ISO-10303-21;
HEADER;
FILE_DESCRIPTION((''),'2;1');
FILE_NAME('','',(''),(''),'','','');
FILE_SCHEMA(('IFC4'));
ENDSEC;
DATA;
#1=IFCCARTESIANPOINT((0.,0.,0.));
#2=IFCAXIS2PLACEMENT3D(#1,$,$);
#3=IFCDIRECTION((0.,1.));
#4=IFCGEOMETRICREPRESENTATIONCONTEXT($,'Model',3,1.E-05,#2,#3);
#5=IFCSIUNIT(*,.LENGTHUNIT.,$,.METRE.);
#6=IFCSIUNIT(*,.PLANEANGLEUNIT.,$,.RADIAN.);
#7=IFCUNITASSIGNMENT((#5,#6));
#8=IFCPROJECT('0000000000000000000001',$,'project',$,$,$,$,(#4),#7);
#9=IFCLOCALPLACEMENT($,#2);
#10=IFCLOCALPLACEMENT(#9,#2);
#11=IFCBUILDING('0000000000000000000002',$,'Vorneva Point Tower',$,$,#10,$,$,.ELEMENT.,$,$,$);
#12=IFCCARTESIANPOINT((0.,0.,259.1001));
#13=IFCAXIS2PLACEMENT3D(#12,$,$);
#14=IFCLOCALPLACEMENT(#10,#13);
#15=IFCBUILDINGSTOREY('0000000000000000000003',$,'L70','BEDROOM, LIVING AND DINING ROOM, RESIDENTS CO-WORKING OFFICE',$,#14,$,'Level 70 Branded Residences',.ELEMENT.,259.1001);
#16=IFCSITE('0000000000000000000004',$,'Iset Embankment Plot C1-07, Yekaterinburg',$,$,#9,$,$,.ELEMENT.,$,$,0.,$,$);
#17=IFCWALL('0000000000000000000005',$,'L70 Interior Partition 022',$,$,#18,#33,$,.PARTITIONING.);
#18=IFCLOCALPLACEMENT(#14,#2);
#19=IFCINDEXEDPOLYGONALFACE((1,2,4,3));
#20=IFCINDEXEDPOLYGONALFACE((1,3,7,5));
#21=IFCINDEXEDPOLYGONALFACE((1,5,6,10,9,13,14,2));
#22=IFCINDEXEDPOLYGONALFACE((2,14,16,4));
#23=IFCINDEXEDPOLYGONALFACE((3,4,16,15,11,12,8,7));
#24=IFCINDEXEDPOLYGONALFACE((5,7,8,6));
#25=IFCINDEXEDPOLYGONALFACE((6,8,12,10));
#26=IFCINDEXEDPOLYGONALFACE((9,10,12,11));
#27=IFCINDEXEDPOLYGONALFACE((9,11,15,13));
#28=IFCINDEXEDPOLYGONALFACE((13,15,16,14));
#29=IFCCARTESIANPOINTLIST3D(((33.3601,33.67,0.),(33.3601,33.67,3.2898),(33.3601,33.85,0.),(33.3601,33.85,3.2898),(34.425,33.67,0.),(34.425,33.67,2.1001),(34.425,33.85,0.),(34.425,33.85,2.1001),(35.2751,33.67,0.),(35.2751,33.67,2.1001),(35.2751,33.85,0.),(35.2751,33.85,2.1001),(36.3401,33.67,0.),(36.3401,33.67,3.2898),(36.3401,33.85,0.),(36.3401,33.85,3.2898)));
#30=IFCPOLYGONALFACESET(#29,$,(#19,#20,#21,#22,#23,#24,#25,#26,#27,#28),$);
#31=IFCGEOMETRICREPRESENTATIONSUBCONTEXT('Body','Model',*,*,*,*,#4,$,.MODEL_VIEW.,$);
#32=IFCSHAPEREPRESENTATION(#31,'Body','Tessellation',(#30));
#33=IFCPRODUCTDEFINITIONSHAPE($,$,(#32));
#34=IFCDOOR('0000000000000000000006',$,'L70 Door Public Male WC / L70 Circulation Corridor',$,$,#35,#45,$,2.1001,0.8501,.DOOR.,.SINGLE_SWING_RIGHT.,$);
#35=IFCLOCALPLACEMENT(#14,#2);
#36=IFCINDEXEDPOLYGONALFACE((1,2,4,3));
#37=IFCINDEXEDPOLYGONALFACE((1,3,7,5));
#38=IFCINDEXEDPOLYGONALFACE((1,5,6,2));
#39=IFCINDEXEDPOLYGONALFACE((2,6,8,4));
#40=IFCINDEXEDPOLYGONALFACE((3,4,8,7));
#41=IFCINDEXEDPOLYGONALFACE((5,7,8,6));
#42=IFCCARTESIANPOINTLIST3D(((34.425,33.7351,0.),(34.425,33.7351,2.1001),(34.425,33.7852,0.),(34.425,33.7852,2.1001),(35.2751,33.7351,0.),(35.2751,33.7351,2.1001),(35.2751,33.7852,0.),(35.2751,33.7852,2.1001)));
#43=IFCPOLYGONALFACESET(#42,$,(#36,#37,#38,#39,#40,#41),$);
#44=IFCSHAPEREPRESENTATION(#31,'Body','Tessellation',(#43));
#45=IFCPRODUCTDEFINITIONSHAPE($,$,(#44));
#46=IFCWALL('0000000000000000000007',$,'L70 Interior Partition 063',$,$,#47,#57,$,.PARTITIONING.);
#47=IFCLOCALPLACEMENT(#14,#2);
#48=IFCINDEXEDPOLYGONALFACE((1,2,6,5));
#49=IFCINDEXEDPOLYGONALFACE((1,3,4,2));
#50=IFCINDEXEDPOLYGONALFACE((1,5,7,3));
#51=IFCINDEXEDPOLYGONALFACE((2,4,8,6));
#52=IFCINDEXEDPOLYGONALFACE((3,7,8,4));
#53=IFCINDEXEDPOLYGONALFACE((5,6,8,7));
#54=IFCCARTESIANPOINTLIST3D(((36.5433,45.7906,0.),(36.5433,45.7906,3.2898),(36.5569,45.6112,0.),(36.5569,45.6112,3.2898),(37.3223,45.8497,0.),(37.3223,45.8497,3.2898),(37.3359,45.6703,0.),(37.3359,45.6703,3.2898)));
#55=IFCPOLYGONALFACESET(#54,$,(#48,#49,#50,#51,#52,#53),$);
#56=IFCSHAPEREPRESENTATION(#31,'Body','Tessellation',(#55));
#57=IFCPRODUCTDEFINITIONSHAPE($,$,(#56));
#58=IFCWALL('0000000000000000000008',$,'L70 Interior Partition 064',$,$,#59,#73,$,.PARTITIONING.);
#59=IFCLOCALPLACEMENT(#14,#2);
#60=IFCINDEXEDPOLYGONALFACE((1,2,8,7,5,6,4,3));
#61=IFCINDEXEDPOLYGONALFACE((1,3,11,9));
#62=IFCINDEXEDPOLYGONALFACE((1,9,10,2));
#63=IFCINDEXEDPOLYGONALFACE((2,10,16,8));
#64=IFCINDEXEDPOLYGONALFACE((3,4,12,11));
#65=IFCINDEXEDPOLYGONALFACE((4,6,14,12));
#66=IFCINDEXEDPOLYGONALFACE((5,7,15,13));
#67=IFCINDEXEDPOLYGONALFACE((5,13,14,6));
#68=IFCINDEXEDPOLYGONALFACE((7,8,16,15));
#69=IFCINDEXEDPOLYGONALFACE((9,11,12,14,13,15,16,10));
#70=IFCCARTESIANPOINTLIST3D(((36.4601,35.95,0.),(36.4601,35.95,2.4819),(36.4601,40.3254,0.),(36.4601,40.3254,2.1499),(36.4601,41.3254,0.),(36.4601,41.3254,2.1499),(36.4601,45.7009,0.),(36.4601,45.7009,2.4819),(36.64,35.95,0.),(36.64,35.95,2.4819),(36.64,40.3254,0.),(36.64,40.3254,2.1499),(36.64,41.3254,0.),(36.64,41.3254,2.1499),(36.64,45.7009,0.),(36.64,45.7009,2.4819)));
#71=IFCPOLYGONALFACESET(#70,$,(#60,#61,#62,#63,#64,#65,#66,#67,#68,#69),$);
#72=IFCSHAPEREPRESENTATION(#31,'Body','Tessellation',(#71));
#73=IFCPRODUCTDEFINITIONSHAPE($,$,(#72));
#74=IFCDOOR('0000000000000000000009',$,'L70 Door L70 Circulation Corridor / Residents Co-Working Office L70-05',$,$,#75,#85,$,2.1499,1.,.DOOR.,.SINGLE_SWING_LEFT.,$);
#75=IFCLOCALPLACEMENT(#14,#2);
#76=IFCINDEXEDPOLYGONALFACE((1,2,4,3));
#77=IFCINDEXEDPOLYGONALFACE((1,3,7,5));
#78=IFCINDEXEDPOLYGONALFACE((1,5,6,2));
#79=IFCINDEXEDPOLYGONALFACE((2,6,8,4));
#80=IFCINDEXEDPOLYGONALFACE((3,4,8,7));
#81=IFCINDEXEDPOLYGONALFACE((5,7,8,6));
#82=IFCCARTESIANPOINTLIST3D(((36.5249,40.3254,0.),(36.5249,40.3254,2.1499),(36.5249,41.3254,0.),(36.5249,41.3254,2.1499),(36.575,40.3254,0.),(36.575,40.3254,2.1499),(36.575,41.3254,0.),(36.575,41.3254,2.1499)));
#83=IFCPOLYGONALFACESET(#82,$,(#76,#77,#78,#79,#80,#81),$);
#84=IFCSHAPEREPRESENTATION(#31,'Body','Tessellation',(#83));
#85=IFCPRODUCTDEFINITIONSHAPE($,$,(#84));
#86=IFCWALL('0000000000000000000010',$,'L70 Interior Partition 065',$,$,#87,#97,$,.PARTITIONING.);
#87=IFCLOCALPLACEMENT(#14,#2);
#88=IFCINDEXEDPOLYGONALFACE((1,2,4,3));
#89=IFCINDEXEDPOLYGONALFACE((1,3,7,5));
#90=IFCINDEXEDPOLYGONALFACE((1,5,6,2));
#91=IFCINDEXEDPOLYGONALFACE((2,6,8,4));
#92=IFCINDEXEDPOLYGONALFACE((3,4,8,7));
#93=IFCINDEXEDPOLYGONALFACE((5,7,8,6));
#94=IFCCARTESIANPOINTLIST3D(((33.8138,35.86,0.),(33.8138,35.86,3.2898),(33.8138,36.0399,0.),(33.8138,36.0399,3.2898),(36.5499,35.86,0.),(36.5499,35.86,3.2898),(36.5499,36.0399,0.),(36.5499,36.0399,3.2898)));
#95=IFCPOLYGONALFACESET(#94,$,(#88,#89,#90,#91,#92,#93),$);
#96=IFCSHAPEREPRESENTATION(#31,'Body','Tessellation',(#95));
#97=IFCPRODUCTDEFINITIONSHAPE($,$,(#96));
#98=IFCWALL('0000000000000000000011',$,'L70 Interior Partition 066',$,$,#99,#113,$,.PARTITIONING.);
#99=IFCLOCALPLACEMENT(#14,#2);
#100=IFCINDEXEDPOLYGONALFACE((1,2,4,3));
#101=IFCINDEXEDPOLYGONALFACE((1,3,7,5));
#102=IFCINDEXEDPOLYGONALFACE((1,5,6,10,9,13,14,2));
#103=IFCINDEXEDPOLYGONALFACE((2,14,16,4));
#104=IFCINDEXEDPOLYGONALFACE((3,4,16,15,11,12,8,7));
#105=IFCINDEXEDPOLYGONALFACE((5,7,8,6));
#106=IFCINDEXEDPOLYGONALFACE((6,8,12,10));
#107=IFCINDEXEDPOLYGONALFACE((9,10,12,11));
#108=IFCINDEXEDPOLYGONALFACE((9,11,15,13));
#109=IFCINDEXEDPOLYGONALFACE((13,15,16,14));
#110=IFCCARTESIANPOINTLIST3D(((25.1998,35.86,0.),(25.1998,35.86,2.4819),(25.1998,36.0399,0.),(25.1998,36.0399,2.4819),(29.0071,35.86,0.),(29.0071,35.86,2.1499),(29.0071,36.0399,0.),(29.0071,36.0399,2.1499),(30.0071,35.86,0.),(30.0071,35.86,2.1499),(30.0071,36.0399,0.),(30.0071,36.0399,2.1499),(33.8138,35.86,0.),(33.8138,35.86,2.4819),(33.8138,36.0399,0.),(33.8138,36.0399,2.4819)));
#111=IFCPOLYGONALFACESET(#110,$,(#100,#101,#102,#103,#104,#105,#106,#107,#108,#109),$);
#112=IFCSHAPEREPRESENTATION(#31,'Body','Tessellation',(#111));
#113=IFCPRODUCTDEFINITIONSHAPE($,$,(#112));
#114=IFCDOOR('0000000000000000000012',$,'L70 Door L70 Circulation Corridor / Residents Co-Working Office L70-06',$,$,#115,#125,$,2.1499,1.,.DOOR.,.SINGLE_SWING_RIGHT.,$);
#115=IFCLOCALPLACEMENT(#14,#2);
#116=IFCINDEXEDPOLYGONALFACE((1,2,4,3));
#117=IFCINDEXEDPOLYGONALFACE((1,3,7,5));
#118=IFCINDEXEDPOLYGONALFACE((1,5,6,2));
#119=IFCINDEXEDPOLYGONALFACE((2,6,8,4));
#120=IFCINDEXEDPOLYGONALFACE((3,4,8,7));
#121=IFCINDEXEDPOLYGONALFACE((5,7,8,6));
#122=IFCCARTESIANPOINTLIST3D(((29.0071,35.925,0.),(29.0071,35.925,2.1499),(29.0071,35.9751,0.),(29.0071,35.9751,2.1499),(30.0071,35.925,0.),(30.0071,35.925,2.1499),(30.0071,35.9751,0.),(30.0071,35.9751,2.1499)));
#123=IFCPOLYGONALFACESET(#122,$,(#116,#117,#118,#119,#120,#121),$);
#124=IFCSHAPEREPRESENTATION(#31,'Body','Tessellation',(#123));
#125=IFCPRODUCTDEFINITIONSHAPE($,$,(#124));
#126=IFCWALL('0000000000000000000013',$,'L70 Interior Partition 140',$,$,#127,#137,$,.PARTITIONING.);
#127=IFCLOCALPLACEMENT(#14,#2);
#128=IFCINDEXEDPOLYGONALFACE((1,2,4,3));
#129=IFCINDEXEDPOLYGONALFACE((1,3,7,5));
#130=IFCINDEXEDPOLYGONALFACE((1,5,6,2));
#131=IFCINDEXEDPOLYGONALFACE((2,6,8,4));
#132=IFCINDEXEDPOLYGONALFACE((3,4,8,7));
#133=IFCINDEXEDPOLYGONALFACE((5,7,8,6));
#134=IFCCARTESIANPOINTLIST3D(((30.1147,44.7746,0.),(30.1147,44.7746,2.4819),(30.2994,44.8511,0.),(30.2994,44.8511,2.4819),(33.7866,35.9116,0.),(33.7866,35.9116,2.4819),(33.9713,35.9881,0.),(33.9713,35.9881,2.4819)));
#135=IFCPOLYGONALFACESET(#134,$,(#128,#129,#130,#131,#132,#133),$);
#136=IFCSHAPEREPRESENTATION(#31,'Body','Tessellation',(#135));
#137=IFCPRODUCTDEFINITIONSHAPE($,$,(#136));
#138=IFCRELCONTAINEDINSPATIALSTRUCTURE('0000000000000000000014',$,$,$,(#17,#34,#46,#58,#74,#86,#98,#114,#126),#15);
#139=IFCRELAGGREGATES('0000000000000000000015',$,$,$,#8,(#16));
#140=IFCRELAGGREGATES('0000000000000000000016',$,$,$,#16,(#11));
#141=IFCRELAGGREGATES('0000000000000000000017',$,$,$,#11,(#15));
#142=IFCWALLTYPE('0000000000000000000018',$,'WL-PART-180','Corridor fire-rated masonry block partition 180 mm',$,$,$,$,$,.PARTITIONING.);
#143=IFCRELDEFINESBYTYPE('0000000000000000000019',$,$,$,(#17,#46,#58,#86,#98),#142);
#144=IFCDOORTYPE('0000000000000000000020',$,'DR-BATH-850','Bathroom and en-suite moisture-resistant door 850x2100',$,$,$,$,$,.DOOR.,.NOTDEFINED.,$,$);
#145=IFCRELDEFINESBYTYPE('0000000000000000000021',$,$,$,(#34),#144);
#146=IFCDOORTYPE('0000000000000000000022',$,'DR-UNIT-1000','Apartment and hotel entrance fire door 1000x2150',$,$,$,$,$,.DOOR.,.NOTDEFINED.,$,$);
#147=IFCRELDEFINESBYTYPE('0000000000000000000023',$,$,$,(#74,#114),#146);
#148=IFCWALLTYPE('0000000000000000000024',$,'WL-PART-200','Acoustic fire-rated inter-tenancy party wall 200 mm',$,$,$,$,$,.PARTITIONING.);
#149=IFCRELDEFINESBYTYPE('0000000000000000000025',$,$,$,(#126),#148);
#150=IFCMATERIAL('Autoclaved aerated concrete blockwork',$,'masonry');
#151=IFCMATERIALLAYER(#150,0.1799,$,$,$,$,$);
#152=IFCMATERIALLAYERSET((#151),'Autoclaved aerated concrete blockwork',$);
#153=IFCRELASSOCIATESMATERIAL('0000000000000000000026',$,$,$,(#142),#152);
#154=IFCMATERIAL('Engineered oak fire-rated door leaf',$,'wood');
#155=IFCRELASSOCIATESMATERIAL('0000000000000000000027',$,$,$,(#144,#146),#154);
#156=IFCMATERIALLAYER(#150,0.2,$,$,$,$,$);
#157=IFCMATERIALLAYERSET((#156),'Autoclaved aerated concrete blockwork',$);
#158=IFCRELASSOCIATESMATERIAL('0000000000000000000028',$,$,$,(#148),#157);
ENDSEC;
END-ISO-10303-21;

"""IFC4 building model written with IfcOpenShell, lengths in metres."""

from ifc_helpers import new_model, si_unit, direction, frame, frame_2d, origin, place, context, subcontext, project, spatial, rectangle, extrude, material, layer, layer_set, type_object, element, fill, save


model = new_model("IFC4")

# Units and contexts
model_context = context("Model", 3, precision=1e-05, world=origin(), true_north=direction((0.0, 1.0)))
body_context = subcontext(model_context, "Body", "Model", "MODEL_VIEW")
ifc_project = project(units=[si_unit("LENGTHUNIT", "METRE"), si_unit("PLANEANGLEUNIT", "RADIAN")], contexts=[model_context])

# Site, building, storey
site_placement = place(None, origin())
site = spatial("IfcSite", under=ifc_project, at=site_placement, Name="Iset Embankment Plot C1-07, Yekaterinburg", CompositionType="ELEMENT", RefElevation=0.0)
building_placement = place(site_placement, origin())
building = spatial("IfcBuilding", under=site, at=building_placement, Name="Vorneva Point Tower", CompositionType="ELEMENT")
storey_placement = place(building_placement, frame((0.0, 0.0, 259.1001)))
storey = spatial("IfcBuildingStorey", under=building, at=storey_placement, Name="L70", Description="BEDROOM, LIVING AND DINING ROOM, RESIDENTS CO-WORKING OFFICE", LongName="Level 70 Branded Residences", CompositionType="ELEMENT", Elevation=259.1001)

# Shared definitions
ifc_material_1 = material(Name="Autoclaved aerated concrete blockwork", Category="masonry")
ifc_layer_1 = layer(ifc_material_1, 0.1799)
ifc_layer_set_1 = layer_set([ifc_layer_1], Name="Autoclaved aerated concrete blockwork")
wall_type_1 = type_object("IfcWallType", Name="WL-PART-180", Description="Corridor fire-rated masonry block partition 180 mm", PredefinedType="PARTITIONING", material=ifc_layer_set_1)

# Wall, opening, door
wall_1_placement = place(storey_placement, frame((36.3401, 33.76, 0.0), z_axis=(0.0, 0.0, 1.0), x_axis=(-1.0, 0.0, 0.0)))
wall_1 = element("IfcWall", 1, at=wall_1_placement, inside=storey, type_object=wall_type_1, Name="L70 Interior Partition 022", PredefinedType="PARTITIONING", context=body_context, shape_type="SweptSolid", body=[
    extrude(rectangle(XDim=2.98, YDim=0.1799, at=frame_2d((1.49, 0.0))), origin(), (0.0, 0.0, 1.0), 3.2898),
])
opening_1_placement = place(wall_1_placement, frame((1.0649, 0.0, 0.0)))
opening_1 = element("IfcOpeningElement", 2, at=opening_1_placement, cuts=wall_1, PredefinedType="OPENING", context=body_context, shape_type="SweptSolid", body=[
    extrude(rectangle(XDim=0.8501, YDim=2.1001, at=frame_2d((0.425, 1.05))), frame((0.0, 0.105, 0.0), z_axis=(0.0, -1.0, 0.0), x_axis=(1.0, 0.0, 0.0)), (0.0, 0.0, 1.0), 0.2097),
])
ifc_material_2 = material(Name="Engineered oak fire-rated door leaf", Category="wood")
door_type_1 = type_object("IfcDoorType", Name="DR-BATH-850", Description="Bathroom and en-suite moisture-resistant door 850x2100", OperationType="NOTDEFINED", PredefinedType="DOOR", material=ifc_material_2)
door_1_placement = place(opening_1_placement, origin())
door_1 = element("IfcDoor", 3, at=door_1_placement, inside=storey, type_object=door_type_1, Name="L70 Door Public Male WC / L70 Circulation Corridor", OperationType="SINGLE_SWING_RIGHT", OverallHeight=2.1001, OverallWidth=0.8501, PredefinedType="DOOR", context=body_context, shape_type="SweptSolid", body=[
    extrude(rectangle(XDim=0.8501, YDim=2.1001, at=frame_2d((0.425, 1.05))), frame((0.0, 0.0249, 0.0), z_axis=(0.0, -1.0, 0.0), x_axis=(1.0, 0.0, 0.0)), (0.0, 0.0, 1.0), 0.05),
])
fill(opening_1, door_1)

# Wall
wall_2_placement = place(storey_placement, frame((37.3291, 45.76, 0.0), z_axis=(0.0, 0.0, 1.0), x_axis=(-0.997137, -0.075621, 0.0)))
element("IfcWall", 4, at=wall_2_placement, inside=storey, type_object=wall_type_1, Name="L70 Interior Partition 063", PredefinedType="PARTITIONING", context=body_context, shape_type="SweptSolid", body=[
    extrude(rectangle(XDim=0.7812, YDim=0.1799, at=frame_2d((0.3906, 0.0))), origin(), (0.0, 0.0, 1.0), 3.2898),
])

# Wall, opening, door
wall_3_placement = place(storey_placement, frame((36.55, 45.7009, 0.0), z_axis=(0.0, 0.0, 1.0), x_axis=(0.0, -1.0, 0.0)))
wall_3 = element("IfcWall", 5, at=wall_3_placement, inside=storey, type_object=wall_type_1, Name="L70 Interior Partition 064", PredefinedType="PARTITIONING", context=body_context, shape_type="SweptSolid", body=[
    extrude(rectangle(XDim=9.751, YDim=0.1799, at=frame_2d((4.8755, 0.0))), origin(), (0.0, 0.0, 1.0), 2.4819),
])
opening_2_placement = place(wall_3_placement, frame((4.3755, 0.0, 0.0)))
opening_2 = element("IfcOpeningElement", 6, at=opening_2_placement, cuts=wall_3, PredefinedType="OPENING", context=body_context, shape_type="SweptSolid", body=[
    extrude(rectangle(XDim=1.0, YDim=2.1499, at=frame_2d((0.5, 1.075))), frame((0.0, 0.105, 0.0), z_axis=(0.0, -1.0, 0.0), x_axis=(1.0, 0.0, 0.0)), (0.0, 0.0, 1.0), 0.2097),
])
door_type_2 = type_object("IfcDoorType", Name="DR-UNIT-1000", Description="Apartment and hotel entrance fire door 1000x2150", OperationType="NOTDEFINED", PredefinedType="DOOR", material=ifc_material_2)
door_2_placement = place(opening_2_placement, origin())
door_2 = element("IfcDoor", 7, at=door_2_placement, inside=storey, type_object=door_type_2, Name="L70 Door L70 Circulation Corridor / Residents Co-Working Office L70-05", OperationType="SINGLE_SWING_LEFT", OverallHeight=2.1499, OverallWidth=1.0, PredefinedType="DOOR", context=body_context, shape_type="SweptSolid", body=[
    extrude(rectangle(XDim=1.0, YDim=2.1499, at=frame_2d((0.5, 1.075))), frame((0.0, 0.0249, 0.0), z_axis=(0.0, -1.0, 0.0), x_axis=(1.0, 0.0, 0.0)), (0.0, 0.0, 1.0), 0.05),
])
fill(opening_2, door_2)

# Wall
wall_4_placement = place(storey_placement, frame((36.55, 35.95, 0.0), z_axis=(0.0, 0.0, 1.0), x_axis=(-1.0, 0.0, 0.0)))
element("IfcWall", 8, at=wall_4_placement, inside=storey, type_object=wall_type_1, Name="L70 Interior Partition 065", PredefinedType="PARTITIONING", context=body_context, shape_type="SweptSolid", body=[
    extrude(rectangle(XDim=2.7361, YDim=0.1799, at=frame_2d((1.3682, 0.0))), origin(), (0.0, 0.0, 1.0), 3.2898),
])

# Wall, opening, door
wall_5_placement = place(storey_placement, frame((33.814, 35.95, 0.0), z_axis=(0.0, 0.0, 1.0), x_axis=(-1.0, 0.0, 0.0)))
wall_5 = element("IfcWall", 9, at=wall_5_placement, inside=storey, type_object=wall_type_1, Name="L70 Interior Partition 066", PredefinedType="PARTITIONING", context=body_context, shape_type="SweptSolid", body=[
    extrude(rectangle(XDim=8.614, YDim=0.1799, at=frame_2d((4.3071, 0.0))), origin(), (0.0, 0.0, 1.0), 2.4819),
])
opening_3_placement = place(wall_5_placement, frame((3.8069, 0.0, 0.0)))
opening_3 = element("IfcOpeningElement", 10, at=opening_3_placement, cuts=wall_5, PredefinedType="OPENING", context=body_context, shape_type="SweptSolid", body=[
    extrude(rectangle(XDim=1.0, YDim=2.1499, at=frame_2d((0.5, 1.075))), frame((0.0, 0.105, 0.0), z_axis=(0.0, -1.0, 0.0), x_axis=(1.0, 0.0, 0.0)), (0.0, 0.0, 1.0), 0.2097),
])
door_3_placement = place(opening_3_placement, origin())
door_3 = element("IfcDoor", 11, at=door_3_placement, inside=storey, type_object=door_type_2, Name="L70 Door L70 Circulation Corridor / Residents Co-Working Office L70-06", OperationType="SINGLE_SWING_RIGHT", OverallHeight=2.1499, OverallWidth=1.0, PredefinedType="DOOR", context=body_context, shape_type="SweptSolid", body=[
    extrude(rectangle(XDim=1.0, YDim=2.1499, at=frame_2d((0.5, 1.075))), frame((0.0, 0.0249, 0.0), z_axis=(0.0, -1.0, 0.0), x_axis=(1.0, 0.0, 0.0)), (0.0, 0.0, 1.0), 0.05),
])
fill(opening_3, door_3)

# Wall
ifc_layer_2 = layer(ifc_material_1, 0.2)
ifc_layer_set_2 = layer_set([ifc_layer_2], Name="Autoclaved aerated concrete blockwork")
wall_type_2 = type_object("IfcWallType", Name="WL-PART-200", Description="Acoustic fire-rated inter-tenancy party wall 200 mm", PredefinedType="PARTITIONING", material=ifc_layer_set_2)
wall_6_placement = place(storey_placement, frame((30.207, 44.813, 0.0), z_axis=(0.0, 0.0, 1.0), x_axis=(0.382744, -0.923854, 0.0)))
element("IfcWall", 12, at=wall_6_placement, inside=storey, type_object=wall_type_2, Name="L70 Interior Partition 140", PredefinedType="PARTITIONING", context=body_context, shape_type="SweptSolid", body=[
    extrude(rectangle(XDim=9.5935, YDim=0.2, at=frame_2d((4.7969, 0.0))), origin(), (0.0, 0.0, 1.0), 2.4819),
])

save(model, "model.ifc")
